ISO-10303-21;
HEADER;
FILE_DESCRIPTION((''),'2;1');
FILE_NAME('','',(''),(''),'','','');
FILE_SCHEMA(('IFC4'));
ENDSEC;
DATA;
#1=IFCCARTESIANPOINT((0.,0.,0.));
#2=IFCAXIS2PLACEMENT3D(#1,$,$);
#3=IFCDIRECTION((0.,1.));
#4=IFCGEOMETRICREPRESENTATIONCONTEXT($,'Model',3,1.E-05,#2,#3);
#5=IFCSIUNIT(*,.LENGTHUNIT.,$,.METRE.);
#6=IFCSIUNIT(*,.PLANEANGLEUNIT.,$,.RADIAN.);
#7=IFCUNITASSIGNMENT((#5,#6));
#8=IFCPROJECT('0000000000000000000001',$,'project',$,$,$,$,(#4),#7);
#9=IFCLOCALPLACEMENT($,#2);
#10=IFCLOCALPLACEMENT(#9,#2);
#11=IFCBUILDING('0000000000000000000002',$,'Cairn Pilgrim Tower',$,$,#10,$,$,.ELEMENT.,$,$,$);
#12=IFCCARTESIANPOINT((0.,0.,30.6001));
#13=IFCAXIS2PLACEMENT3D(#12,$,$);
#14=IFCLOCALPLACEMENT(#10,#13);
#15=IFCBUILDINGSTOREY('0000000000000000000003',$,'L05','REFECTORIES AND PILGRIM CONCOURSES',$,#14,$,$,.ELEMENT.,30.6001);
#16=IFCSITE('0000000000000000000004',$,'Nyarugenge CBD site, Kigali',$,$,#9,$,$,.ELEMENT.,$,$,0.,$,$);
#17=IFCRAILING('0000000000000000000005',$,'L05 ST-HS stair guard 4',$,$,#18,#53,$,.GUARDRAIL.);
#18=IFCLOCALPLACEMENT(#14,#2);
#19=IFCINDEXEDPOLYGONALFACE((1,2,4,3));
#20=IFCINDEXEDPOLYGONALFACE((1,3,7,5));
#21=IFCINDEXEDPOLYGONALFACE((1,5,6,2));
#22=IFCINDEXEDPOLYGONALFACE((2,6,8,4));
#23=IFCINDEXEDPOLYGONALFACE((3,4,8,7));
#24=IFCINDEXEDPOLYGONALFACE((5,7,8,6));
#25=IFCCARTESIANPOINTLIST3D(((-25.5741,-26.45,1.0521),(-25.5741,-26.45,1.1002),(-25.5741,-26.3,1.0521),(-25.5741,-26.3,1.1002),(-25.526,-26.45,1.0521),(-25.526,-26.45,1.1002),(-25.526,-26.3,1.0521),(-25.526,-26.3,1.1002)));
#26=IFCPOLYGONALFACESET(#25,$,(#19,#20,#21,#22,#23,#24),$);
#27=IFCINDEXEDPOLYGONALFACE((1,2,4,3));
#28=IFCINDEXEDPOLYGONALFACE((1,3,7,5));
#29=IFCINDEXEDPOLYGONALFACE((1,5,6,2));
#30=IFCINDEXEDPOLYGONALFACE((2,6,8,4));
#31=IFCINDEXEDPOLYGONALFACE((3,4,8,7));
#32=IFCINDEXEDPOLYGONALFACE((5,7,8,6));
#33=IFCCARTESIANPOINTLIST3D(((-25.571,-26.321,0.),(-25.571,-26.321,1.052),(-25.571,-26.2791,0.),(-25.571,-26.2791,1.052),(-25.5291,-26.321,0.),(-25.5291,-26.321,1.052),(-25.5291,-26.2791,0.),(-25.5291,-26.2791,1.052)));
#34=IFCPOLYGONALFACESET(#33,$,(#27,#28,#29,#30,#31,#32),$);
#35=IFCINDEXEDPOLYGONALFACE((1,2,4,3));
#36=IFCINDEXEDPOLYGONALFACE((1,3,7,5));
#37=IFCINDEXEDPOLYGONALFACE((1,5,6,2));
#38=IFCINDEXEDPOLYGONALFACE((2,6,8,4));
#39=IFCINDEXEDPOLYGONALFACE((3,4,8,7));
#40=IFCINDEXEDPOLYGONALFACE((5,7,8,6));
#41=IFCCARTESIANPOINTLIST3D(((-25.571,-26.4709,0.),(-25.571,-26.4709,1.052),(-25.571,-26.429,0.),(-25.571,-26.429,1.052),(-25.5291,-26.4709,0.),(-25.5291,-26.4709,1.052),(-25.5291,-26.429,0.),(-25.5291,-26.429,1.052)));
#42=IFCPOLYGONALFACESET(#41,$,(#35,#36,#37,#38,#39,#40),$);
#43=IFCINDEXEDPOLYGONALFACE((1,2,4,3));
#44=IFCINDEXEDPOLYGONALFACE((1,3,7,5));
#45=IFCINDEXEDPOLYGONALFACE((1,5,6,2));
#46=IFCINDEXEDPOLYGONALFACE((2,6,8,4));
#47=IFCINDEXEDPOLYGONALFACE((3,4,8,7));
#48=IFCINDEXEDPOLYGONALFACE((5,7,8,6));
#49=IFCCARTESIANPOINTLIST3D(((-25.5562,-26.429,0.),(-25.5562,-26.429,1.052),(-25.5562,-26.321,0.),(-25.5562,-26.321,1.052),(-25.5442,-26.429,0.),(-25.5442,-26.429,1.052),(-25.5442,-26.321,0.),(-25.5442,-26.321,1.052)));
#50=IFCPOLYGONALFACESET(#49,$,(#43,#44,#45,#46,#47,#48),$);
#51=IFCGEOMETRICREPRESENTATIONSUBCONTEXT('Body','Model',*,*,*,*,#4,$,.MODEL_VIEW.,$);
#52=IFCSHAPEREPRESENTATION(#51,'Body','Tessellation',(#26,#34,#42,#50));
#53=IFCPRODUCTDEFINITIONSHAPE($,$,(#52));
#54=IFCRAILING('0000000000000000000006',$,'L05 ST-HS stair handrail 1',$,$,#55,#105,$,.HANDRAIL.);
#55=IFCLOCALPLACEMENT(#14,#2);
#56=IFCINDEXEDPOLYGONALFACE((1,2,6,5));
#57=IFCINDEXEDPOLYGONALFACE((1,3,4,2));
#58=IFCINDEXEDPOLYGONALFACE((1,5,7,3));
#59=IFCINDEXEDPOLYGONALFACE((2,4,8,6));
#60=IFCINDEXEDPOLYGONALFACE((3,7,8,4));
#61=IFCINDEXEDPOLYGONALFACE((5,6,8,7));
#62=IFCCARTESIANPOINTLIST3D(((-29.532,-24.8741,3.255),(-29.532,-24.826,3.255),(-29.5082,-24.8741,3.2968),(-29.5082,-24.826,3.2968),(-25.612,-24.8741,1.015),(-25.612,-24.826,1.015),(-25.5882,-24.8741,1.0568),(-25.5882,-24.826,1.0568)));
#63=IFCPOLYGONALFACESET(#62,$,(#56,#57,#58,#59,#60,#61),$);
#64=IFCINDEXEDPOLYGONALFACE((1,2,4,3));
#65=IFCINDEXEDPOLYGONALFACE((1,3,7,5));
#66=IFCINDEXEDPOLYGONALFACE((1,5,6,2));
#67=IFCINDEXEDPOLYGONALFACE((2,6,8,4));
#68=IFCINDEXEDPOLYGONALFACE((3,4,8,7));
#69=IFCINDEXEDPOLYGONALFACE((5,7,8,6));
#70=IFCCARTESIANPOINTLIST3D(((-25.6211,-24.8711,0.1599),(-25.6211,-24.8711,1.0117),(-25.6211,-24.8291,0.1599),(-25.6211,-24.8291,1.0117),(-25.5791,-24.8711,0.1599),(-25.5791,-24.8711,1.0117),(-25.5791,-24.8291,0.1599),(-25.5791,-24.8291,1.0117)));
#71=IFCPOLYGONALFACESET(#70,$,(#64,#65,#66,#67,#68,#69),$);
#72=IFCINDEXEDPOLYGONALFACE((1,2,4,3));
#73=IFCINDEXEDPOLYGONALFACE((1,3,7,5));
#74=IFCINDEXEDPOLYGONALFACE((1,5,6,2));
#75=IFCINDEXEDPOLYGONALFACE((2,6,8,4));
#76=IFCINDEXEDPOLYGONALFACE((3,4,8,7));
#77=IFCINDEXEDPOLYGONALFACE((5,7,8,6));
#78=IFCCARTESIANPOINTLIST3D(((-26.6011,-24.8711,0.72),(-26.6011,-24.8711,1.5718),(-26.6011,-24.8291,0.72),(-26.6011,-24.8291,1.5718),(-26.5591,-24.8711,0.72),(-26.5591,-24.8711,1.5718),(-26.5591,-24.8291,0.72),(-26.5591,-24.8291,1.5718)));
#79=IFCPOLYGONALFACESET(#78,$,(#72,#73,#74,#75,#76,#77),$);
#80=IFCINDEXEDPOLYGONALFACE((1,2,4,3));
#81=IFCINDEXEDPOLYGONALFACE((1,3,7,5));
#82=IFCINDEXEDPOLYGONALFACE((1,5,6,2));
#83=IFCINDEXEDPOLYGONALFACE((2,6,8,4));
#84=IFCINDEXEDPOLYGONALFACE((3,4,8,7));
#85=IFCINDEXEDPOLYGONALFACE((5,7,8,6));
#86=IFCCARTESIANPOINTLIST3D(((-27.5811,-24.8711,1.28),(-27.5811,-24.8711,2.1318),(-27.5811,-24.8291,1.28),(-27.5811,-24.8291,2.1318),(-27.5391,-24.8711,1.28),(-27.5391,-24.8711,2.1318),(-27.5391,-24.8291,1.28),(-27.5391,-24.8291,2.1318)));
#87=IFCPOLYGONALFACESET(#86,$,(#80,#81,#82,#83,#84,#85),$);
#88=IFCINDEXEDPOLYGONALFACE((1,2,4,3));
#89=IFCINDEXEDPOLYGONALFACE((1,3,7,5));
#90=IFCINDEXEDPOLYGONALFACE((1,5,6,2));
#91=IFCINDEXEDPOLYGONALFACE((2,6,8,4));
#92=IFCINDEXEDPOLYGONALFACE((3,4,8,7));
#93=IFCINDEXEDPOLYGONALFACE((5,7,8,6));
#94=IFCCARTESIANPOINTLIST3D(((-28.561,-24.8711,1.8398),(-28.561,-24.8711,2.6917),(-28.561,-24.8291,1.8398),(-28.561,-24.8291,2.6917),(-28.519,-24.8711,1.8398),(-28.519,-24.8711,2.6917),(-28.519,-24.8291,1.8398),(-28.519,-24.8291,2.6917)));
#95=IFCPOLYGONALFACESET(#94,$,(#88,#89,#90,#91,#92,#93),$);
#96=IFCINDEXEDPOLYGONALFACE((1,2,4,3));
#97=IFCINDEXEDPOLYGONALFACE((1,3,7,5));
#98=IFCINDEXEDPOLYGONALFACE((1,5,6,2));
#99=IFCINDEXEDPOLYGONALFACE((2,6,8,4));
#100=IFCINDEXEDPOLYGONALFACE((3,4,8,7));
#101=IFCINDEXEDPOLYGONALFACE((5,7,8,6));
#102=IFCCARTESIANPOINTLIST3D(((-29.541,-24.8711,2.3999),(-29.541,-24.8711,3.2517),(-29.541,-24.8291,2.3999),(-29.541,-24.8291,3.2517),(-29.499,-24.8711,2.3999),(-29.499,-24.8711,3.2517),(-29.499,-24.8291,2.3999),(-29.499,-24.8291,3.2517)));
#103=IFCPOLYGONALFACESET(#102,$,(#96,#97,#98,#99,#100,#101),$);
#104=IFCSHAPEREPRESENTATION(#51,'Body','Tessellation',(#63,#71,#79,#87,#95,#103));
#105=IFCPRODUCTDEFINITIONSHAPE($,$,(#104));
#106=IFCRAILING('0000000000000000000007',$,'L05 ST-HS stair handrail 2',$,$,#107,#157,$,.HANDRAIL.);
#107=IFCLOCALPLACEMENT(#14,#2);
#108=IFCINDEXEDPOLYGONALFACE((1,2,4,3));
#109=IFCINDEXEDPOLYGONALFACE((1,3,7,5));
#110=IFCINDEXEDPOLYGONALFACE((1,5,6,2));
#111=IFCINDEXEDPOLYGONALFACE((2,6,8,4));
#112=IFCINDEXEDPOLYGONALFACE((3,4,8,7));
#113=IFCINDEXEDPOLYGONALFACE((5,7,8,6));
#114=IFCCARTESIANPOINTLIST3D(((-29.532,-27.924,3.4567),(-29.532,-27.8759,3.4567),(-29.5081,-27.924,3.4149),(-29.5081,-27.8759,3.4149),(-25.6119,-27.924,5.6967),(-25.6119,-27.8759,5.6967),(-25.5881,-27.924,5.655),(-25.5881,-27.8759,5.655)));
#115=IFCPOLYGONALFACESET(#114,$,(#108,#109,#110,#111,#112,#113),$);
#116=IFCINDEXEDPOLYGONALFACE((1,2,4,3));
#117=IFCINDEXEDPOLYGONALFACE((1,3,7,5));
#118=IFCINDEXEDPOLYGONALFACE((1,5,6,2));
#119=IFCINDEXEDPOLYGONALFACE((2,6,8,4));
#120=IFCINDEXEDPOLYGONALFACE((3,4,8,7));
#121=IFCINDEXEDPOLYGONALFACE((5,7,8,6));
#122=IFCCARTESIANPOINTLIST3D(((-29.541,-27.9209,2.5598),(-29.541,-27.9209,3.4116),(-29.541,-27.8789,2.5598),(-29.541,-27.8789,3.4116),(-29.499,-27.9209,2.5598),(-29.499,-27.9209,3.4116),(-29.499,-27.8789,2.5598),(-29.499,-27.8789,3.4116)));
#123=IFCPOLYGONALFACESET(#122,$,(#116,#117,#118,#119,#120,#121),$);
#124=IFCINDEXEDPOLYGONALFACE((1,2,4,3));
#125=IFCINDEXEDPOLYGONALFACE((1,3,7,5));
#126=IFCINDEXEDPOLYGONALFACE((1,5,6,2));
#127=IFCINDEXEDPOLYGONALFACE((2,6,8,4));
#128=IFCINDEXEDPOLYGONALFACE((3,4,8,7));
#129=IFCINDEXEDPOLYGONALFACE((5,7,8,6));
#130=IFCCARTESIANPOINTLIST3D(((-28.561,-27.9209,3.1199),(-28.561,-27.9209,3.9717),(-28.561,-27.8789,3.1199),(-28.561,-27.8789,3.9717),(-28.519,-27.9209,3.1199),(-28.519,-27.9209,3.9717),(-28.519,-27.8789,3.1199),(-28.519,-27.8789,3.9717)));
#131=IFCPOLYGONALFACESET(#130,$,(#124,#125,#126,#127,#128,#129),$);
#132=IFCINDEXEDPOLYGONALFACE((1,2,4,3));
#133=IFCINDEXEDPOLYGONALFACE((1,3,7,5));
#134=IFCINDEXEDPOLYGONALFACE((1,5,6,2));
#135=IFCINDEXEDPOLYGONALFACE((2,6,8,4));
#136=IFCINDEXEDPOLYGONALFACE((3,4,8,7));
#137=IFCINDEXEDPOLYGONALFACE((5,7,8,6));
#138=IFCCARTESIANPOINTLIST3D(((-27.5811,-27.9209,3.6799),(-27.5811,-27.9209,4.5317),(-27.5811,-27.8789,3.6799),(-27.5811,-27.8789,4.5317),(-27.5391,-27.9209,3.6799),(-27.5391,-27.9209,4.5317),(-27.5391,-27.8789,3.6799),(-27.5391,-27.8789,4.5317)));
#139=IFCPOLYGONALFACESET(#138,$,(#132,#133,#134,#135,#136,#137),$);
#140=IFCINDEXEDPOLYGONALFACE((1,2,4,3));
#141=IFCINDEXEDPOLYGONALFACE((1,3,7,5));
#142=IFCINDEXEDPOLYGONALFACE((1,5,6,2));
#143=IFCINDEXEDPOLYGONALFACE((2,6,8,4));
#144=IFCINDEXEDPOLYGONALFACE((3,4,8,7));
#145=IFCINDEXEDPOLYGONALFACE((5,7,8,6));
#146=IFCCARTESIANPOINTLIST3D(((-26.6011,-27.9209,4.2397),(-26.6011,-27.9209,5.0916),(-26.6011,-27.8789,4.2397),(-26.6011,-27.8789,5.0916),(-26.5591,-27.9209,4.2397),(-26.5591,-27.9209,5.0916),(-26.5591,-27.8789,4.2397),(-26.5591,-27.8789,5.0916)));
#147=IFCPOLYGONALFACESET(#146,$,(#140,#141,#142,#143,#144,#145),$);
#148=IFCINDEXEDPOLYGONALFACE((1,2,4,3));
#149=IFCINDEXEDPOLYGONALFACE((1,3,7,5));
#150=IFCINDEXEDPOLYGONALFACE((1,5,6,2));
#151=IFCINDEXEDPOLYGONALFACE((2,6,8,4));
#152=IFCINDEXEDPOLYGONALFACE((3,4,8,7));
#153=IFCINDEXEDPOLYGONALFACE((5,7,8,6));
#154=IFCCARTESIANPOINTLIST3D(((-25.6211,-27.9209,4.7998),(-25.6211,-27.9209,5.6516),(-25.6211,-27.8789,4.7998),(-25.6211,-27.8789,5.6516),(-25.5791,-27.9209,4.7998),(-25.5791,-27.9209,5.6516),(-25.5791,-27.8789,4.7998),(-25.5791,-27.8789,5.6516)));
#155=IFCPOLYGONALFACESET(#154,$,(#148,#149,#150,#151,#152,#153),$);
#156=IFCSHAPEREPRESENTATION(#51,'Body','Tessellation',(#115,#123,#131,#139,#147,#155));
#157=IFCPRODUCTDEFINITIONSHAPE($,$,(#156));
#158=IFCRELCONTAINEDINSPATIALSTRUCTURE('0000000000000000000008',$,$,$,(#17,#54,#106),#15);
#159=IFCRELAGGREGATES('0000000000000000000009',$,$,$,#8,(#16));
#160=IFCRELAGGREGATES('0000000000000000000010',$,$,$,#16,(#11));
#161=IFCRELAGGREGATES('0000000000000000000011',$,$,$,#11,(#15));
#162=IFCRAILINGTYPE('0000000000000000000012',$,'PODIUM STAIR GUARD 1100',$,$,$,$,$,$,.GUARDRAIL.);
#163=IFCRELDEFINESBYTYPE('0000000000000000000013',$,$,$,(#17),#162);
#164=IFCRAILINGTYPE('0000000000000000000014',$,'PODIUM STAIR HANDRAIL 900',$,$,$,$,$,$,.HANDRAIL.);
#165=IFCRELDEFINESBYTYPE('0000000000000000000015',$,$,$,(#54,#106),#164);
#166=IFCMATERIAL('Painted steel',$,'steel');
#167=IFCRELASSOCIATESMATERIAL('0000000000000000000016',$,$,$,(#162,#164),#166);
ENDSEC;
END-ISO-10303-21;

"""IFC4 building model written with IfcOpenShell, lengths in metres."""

from ifc_helpers import new_model, si_unit, direction, frame, origin, origin_2d, place, context, subcontext, project, spatial, polyline, rectangle, outline, extrude, material, type_object, element, save


model = new_model("IFC4")

# Units and contexts
model_context = context("Model", 3, precision=1e-05, world=origin(), true_north=direction((0.0, 1.0)))
body_context = subcontext(model_context, "Body", "Model", "MODEL_VIEW")
ifc_project = project(units=[si_unit("LENGTHUNIT", "METRE"), si_unit("PLANEANGLEUNIT", "RADIAN")], contexts=[model_context])

# Site, building, storey
site_placement = place(None, origin())
site = spatial("IfcSite", under=ifc_project, at=site_placement, Name="Nyarugenge CBD site, Kigali", CompositionType="ELEMENT", RefElevation=0.0)
building_placement = place(site_placement, origin())
building = spatial("IfcBuilding", under=site, at=building_placement, Name="Cairn Pilgrim Tower", CompositionType="ELEMENT")
storey_placement = place(building_placement, frame((0.0, 0.0, 30.6001)))
storey = spatial("IfcBuildingStorey", under=building, at=storey_placement, Name="L05", Description="REFECTORIES AND PILGRIM CONCOURSES", CompositionType="ELEMENT", Elevation=30.6001)

# Railings
ifc_material_1 = material(Name="Painted steel", Category="steel")
railing_type_1 = type_object("IfcRailingType", Name="PODIUM STAIR GUARD 1100", PredefinedType="GUARDRAIL", material=ifc_material_1)
railing_1_placement = place(storey_placement, frame((-25.55, -26.3, 0.0)))
element("IfcRailing", 1, at=railing_1_placement, inside=storey, type_object=railing_type_1, Name="L05 ST-HS stair guard 4", PredefinedType="GUARDRAIL", context=body_context, shape_type="SweptSolid", body=[
    extrude(rectangle(XDim=0.0481, YDim=0.0481, at=origin_2d()), frame((0.0, 0.0, 1.0762), z_axis=(0.0, -1.0, 0.0), x_axis=(1.0, 0.0, 0.0)), (0.0, 0.0, 1.0), 0.1499),
    extrude(rectangle(XDim=0.042, YDim=0.042, at=origin_2d()), origin(), (0.0, 0.0, 1.0), 1.052),
    extrude(rectangle(XDim=0.042, YDim=0.042, at=origin_2d()), frame((0.0, -0.1499, 0.0)), (0.0, 0.0, 1.0), 1.052),
    extrude(outline(polyline([(0.021, 0.0), (0.1289, 0.0), (0.1289, 1.052), (0.021, 1.052), (0.021, 0.0)])), frame((0.0059, 0.0, 0.0), z_axis=(-1.0, 0.0, 0.0), x_axis=(0.0, -1.0, 0.0)), (0.0, 0.0, 1.0), 0.012),
])
railing_type_2 = type_object("IfcRailingType", Name="PODIUM STAIR HANDRAIL 900", PredefinedType="HANDRAIL", material=ifc_material_1)
railing_2_placement = place(storey_placement, frame((-25.6001, -24.8501, 0.1599)))
element("IfcRailing", 2, at=railing_2_placement, inside=storey, type_object=railing_type_2, Name="L05 ST-HS stair handrail 1", PredefinedType="HANDRAIL", context=body_context, shape_type="SweptSolid", body=[
    extrude(rectangle(XDim=0.0481, YDim=0.0481, at=origin_2d()), frame((0.0, 0.0, 0.876), z_axis=(-0.86824, 0.0, 0.496145), x_axis=(0.0, -1.0, 0.0)), (0.0, 0.0, 1.0), 4.5149),
    extrude(rectangle(XDim=0.042, YDim=0.042, at=origin_2d()), origin(), (0.0, 0.0, 1.0), 0.8518),
    extrude(rectangle(XDim=0.042, YDim=0.042, at=origin_2d()), frame((-0.98, 0.0, 0.5601)), (0.0, 0.0, 1.0), 0.8518),
    extrude(rectangle(XDim=0.042, YDim=0.042, at=origin_2d()), frame((-1.96, 0.0, 1.1201)), (0.0, 0.0, 1.0), 0.8518),
    extrude(rectangle(XDim=0.042, YDim=0.042, at=origin_2d()), frame((-2.9399, 0.0, 1.6799)), (0.0, 0.0, 1.0), 0.8518),
    extrude(rectangle(XDim=0.042, YDim=0.042, at=origin_2d()), frame((-3.9199, 0.0, 2.24)), (0.0, 0.0, 1.0), 0.8518),
])
railing_3_placement = place(storey_placement, frame((-29.52, -27.8999, 2.5598)))
element("IfcRailing", 3, at=railing_3_placement, inside=storey, type_object=railing_type_2, Name="L05 ST-HS stair handrail 2", PredefinedType="HANDRAIL", context=body_context, shape_type="SweptSolid", body=[
    extrude(rectangle(XDim=0.0481, YDim=0.0481, at=origin_2d()), frame((0.0, 0.0, 0.876), z_axis=(0.86824, 0.0, 0.496145), x_axis=(0.0, 1.0, 0.0)), (0.0, 0.0, 1.0), 4.5149),
    extrude(rectangle(XDim=0.042, YDim=0.042, at=origin_2d()), origin(), (0.0, 0.0, 1.0), 0.8518),
    extrude(rectangle(XDim=0.042, YDim=0.042, at=origin_2d()), frame((0.98, 0.0, 0.5601)), (0.0, 0.0, 1.0), 0.8518),
    extrude(rectangle(XDim=0.042, YDim=0.042, at=origin_2d()), frame((1.96, 0.0, 1.1201)), (0.0, 0.0, 1.0), 0.8518),
    extrude(rectangle(XDim=0.042, YDim=0.042, at=origin_2d()), frame((2.9399, 0.0, 1.6799)), (0.0, 0.0, 1.0), 0.8518),
    extrude(rectangle(XDim=0.042, YDim=0.042, at=origin_2d()), frame((3.9199, 0.0, 2.24)), (0.0, 0.0, 1.0), 0.8518),
])

save(model, "model.ifc")
